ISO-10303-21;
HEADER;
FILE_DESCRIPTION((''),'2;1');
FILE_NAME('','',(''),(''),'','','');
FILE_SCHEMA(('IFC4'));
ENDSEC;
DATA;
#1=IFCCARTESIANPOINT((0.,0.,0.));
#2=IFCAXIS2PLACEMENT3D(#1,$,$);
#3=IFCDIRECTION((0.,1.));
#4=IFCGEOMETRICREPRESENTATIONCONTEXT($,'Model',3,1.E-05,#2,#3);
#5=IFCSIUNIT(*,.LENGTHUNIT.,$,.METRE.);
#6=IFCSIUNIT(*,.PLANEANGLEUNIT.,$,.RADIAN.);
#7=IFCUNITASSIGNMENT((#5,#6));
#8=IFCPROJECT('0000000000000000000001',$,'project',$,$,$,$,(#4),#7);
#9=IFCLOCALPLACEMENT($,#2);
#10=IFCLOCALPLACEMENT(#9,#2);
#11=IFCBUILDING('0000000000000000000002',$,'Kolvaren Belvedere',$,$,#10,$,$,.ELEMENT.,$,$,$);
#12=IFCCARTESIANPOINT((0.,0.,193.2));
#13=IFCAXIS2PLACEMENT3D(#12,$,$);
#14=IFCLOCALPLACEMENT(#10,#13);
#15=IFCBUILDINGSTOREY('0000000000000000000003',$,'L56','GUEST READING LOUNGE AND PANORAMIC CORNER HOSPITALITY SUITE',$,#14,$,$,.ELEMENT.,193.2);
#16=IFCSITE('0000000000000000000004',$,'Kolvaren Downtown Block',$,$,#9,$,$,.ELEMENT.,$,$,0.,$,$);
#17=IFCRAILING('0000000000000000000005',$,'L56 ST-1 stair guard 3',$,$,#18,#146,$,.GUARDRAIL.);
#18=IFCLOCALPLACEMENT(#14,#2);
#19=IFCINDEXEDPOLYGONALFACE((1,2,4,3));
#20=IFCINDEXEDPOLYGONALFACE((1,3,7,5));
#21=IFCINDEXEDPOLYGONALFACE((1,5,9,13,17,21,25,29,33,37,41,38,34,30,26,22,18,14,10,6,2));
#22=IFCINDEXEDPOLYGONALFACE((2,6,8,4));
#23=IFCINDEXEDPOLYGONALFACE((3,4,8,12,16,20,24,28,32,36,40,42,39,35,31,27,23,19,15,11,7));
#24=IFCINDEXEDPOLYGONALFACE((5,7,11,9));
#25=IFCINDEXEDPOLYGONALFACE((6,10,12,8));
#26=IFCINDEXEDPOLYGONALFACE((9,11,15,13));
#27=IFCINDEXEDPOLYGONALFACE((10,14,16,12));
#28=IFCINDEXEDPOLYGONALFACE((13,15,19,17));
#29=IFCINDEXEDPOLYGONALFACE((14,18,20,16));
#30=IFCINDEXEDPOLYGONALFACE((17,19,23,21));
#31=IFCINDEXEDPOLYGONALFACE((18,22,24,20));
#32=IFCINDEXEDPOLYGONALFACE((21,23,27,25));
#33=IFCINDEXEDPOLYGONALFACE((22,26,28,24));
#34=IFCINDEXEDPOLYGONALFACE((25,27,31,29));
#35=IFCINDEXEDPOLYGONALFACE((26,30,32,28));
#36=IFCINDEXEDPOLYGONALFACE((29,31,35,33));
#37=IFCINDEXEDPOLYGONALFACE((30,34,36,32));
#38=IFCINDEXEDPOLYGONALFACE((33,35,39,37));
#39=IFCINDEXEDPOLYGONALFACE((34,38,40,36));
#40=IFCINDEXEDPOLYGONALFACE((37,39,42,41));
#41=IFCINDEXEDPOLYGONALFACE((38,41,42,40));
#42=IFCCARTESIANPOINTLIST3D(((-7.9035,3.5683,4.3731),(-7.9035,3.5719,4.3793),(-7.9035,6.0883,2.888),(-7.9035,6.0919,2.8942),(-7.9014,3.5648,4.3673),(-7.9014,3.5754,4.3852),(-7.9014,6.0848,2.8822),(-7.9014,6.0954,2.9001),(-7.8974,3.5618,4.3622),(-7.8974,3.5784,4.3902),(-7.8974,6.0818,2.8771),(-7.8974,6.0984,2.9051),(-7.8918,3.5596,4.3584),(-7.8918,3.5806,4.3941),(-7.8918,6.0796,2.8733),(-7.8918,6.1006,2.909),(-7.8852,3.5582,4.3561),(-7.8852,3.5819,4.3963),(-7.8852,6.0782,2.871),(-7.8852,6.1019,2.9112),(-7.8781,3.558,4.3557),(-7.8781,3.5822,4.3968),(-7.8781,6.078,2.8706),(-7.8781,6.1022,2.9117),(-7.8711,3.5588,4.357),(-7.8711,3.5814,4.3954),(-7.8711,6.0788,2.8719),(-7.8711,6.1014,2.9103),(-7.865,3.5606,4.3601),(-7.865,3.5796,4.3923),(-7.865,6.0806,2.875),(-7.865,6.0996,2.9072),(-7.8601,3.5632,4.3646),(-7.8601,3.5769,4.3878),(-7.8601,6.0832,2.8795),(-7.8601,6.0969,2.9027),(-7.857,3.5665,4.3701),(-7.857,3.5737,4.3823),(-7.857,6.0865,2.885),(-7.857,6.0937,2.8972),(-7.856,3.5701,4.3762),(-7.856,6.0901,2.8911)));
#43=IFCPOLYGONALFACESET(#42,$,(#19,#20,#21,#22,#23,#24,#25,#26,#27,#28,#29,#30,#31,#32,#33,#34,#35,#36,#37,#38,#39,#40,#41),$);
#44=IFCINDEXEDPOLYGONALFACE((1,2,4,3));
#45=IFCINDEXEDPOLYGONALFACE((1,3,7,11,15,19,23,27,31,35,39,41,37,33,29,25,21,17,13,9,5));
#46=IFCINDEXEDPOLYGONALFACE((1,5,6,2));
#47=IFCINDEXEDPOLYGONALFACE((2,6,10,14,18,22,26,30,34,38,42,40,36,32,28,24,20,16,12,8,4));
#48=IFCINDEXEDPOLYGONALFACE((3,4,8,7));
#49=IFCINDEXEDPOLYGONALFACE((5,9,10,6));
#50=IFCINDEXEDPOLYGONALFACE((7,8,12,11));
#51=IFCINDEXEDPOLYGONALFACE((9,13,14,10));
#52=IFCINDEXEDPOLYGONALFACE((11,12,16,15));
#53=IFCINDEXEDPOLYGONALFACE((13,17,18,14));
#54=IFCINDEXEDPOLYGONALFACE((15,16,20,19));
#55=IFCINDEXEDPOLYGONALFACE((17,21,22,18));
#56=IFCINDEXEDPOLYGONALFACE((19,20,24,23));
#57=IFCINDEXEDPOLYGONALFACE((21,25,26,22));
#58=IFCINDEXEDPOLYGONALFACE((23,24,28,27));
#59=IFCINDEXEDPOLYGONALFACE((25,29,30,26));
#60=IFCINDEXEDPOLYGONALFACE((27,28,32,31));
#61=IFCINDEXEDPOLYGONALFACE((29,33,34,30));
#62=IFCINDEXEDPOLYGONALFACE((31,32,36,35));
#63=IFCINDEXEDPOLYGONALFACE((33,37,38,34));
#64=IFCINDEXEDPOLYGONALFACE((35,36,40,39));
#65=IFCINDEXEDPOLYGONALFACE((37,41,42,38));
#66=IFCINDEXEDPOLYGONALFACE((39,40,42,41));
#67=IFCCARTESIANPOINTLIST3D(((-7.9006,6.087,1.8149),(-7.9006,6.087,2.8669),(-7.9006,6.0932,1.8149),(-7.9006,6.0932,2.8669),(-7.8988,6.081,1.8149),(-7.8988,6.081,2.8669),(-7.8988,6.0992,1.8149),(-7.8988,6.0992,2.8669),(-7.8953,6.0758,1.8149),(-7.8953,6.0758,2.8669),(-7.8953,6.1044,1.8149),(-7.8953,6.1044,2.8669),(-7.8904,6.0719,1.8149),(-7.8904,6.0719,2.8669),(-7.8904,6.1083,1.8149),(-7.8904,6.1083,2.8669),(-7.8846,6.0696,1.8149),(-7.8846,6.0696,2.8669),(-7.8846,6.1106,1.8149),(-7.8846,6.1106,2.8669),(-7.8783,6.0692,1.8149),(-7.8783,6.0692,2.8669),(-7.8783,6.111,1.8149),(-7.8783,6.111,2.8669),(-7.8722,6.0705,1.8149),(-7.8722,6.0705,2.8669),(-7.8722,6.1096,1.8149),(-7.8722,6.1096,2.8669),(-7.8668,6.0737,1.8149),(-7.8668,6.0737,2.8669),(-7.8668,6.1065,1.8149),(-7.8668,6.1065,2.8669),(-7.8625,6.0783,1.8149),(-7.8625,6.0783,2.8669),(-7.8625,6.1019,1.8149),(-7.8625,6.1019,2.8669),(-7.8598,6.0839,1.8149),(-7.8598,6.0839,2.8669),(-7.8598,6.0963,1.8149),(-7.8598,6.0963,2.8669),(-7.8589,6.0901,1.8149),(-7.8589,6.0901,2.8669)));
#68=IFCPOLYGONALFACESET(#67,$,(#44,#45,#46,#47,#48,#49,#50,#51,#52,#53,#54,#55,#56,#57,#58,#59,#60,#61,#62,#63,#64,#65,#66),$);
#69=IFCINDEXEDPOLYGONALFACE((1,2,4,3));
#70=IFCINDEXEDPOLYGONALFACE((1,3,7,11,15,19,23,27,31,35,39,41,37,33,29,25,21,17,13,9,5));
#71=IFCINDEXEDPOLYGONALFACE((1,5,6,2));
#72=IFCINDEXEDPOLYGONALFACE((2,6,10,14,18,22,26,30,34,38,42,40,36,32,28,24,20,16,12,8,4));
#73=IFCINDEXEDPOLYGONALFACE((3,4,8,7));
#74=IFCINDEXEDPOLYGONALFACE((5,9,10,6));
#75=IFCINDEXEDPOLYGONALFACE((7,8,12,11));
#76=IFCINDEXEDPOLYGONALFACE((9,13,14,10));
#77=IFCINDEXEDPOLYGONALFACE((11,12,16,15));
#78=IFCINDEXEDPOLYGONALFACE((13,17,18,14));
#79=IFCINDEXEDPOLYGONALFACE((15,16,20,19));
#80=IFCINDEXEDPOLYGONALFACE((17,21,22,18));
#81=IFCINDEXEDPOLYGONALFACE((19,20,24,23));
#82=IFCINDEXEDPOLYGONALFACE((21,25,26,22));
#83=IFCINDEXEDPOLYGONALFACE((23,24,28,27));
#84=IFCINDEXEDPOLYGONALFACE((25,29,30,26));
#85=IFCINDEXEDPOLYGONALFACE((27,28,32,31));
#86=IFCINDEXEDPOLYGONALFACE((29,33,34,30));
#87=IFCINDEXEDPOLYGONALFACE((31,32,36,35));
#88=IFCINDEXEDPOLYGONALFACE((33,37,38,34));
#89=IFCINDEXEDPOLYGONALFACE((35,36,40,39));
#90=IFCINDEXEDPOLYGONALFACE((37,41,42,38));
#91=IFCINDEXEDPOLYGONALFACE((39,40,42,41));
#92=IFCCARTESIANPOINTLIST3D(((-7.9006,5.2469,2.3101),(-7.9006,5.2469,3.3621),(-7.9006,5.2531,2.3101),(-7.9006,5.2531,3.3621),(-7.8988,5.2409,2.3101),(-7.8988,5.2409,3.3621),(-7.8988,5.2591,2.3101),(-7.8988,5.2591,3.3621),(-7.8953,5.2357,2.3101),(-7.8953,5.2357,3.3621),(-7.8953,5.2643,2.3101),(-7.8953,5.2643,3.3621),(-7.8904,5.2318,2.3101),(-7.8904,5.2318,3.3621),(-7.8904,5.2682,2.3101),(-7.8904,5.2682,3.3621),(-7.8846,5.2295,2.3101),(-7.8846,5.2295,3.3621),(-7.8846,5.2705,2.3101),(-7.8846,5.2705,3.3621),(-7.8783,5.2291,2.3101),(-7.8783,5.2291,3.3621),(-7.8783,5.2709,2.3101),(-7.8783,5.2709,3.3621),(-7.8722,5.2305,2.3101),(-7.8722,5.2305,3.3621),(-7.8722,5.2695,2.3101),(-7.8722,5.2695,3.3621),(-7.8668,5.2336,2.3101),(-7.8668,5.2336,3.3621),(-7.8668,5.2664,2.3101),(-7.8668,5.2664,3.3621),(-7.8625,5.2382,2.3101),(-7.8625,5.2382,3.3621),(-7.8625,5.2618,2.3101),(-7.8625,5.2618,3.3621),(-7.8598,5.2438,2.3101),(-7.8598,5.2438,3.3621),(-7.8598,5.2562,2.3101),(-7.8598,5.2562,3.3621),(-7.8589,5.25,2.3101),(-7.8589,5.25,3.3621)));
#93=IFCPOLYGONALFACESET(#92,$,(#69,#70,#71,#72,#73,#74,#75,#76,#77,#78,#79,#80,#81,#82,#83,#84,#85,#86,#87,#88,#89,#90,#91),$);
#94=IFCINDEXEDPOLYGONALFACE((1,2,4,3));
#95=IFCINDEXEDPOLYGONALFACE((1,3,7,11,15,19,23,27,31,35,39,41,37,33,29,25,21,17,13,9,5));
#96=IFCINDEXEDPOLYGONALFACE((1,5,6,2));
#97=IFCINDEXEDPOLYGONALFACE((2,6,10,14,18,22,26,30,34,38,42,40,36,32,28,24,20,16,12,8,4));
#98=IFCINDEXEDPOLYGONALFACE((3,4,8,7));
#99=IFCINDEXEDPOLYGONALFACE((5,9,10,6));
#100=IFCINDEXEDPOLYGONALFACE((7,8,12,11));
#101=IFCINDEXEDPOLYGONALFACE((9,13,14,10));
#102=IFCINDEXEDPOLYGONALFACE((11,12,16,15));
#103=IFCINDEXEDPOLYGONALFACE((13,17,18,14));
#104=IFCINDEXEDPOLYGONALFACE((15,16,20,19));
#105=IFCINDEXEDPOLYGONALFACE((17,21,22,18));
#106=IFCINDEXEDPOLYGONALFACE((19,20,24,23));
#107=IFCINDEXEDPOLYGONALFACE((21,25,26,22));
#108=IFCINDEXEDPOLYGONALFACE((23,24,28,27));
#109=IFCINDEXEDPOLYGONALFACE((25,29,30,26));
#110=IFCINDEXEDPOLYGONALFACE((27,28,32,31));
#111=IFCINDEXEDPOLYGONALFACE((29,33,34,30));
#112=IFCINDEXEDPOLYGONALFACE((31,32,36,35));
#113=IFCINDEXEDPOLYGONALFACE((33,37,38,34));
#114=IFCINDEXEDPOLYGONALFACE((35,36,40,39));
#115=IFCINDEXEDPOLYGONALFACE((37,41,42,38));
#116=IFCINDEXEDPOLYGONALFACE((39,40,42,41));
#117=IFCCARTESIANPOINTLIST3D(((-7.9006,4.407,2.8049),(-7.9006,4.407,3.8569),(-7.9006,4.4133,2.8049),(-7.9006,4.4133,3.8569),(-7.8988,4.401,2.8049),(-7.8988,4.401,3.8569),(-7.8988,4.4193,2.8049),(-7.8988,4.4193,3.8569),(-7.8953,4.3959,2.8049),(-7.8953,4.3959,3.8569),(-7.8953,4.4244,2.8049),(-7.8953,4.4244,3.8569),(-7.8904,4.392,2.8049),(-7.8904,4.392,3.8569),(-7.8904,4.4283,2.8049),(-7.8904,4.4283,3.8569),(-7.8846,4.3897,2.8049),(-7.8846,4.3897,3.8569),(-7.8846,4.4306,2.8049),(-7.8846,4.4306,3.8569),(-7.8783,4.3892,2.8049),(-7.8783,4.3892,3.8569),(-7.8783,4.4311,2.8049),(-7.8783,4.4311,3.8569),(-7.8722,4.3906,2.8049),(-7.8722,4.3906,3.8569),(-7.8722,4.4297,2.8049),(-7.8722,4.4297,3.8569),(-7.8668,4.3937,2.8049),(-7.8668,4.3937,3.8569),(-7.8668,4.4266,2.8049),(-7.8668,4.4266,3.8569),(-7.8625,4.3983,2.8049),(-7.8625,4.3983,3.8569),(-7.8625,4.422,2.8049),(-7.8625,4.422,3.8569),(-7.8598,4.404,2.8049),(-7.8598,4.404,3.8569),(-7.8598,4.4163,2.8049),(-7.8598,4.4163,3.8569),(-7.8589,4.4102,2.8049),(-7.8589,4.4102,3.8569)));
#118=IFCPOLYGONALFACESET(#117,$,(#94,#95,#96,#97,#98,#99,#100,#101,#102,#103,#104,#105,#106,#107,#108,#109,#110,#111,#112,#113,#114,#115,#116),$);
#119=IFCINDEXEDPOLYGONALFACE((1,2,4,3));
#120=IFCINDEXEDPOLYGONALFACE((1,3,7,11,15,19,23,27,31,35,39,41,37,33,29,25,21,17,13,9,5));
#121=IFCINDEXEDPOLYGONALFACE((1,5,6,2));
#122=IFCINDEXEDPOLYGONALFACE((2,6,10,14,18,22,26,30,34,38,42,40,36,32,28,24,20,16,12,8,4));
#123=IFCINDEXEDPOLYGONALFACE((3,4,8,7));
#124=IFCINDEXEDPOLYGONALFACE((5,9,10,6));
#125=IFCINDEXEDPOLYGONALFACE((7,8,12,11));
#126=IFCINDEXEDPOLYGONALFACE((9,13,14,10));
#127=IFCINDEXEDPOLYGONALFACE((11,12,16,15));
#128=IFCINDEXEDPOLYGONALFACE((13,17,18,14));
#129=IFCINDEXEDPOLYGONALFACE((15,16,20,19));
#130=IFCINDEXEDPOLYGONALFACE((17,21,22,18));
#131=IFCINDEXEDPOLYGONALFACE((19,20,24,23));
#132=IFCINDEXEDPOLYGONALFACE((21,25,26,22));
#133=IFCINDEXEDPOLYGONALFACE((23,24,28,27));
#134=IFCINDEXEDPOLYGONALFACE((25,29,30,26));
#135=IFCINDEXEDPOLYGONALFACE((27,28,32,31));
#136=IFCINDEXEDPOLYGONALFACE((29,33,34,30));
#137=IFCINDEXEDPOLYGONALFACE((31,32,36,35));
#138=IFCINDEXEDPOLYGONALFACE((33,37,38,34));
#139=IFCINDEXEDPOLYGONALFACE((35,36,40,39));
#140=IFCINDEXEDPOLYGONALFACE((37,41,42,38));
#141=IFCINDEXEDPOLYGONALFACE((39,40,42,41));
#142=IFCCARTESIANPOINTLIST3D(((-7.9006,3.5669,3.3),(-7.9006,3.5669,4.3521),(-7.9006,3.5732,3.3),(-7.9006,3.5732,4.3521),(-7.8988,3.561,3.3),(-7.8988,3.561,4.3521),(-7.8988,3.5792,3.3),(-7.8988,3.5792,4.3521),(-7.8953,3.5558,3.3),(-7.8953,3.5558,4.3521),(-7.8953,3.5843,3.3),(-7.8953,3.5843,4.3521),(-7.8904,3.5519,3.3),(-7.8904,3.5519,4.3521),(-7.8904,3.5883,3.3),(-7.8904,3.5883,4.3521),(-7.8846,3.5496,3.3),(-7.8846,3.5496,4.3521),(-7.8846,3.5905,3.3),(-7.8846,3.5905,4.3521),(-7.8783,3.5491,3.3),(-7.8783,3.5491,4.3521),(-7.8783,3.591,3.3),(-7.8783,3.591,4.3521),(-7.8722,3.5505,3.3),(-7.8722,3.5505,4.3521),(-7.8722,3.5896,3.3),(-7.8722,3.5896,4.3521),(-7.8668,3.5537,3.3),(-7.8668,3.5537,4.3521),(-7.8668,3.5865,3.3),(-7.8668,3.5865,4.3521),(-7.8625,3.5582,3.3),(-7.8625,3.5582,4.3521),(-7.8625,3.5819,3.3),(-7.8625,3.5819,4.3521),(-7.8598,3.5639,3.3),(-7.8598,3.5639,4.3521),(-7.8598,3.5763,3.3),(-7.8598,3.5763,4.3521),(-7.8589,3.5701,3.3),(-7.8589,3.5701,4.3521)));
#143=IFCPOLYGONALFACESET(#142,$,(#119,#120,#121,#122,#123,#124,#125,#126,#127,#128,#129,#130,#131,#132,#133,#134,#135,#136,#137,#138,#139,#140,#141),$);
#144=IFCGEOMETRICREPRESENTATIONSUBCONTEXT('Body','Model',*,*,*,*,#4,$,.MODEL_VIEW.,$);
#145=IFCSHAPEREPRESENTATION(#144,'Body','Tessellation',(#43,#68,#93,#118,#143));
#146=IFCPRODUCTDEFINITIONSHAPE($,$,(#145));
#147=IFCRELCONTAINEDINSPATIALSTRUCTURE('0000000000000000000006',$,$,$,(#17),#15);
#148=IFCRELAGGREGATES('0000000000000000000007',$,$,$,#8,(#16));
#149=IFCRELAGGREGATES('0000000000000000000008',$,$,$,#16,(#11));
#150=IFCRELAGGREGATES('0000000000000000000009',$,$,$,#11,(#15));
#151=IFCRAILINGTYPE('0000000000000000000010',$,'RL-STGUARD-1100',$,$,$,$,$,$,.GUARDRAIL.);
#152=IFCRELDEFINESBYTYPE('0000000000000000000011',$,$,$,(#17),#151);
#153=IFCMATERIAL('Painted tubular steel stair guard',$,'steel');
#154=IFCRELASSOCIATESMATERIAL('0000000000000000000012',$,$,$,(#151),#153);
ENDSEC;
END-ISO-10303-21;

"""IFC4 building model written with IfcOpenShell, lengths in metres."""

from ifc_helpers import new_model, si_unit, direction, frame, origin, origin_2d, place, context, subcontext, project, spatial, circle, extrude, material, type_object, element, save


model = new_model("IFC4")

# Units and contexts
model_context = context("Model", 3, precision=1e-05, world=origin(), true_north=direction((0.0, 1.0)))
body_context = subcontext(model_context, "Body", "Model", "MODEL_VIEW")
ifc_project = project(units=[si_unit("LENGTHUNIT", "METRE"), si_unit("PLANEANGLEUNIT", "RADIAN")], contexts=[model_context])

# Site, building, storey
site_placement = place(None, origin())
site = spatial("IfcSite", under=ifc_project, at=site_placement, Name="Kolvaren Downtown Block", CompositionType="ELEMENT", RefElevation=0.0)
building_placement = place(site_placement, origin())
building = spatial("IfcBuilding", under=site, at=building_placement, Name="Kolvaren Belvedere", CompositionType="ELEMENT")
storey_placement = place(building_placement, frame((0.0, 0.0, 193.2)))
storey = spatial("IfcBuildingStorey", under=building, at=storey_placement, Name="L56", Description="GUEST READING LOUNGE AND PANORAMIC CORNER HOSPITALITY SUITE", CompositionType="ELEMENT", Elevation=193.2)

# Railing
ifc_material_1 = material(Name="Painted tubular steel stair guard", Category="steel")
railing_type_1 = type_object("IfcRailingType", Name="RL-STGUARD-1100", PredefinedType="GUARDRAIL", material=ifc_material_1)
railing_1_placement = place(storey_placement, frame((-7.8799, 6.0901, 1.8149)))
element("IfcRailing", 1, at=railing_1_placement, inside=storey, type_object=railing_type_1, Name="L56 ST-1 stair guard 3", PredefinedType="GUARDRAIL", context=body_context, shape_type="SweptSolid", body=[
    extrude(circle(Radius=0.0239, at=origin_2d()), frame((0.0, 0.0, 1.0762), z_axis=(0.0, -0.861524, 0.507717), x_axis=(1.0, 0.0, 0.0)), (0.0, 0.0, 1.0), 2.925),
    extrude(circle(Radius=0.021, at=origin_2d()), origin(), (0.0, 0.0, 1.0), 1.052),
    extrude(circle(Radius=0.021, at=origin_2d()), frame((0.0, -0.8401, 0.4951)), (0.0, 0.0, 1.0), 1.052),
    extrude(circle(Radius=0.021, at=origin_2d()), frame((0.0, -1.6799, 0.99)), (0.0, 0.0, 1.0), 1.052),
    extrude(circle(Radius=0.021, at=origin_2d()), frame((0.0, -2.52, 1.4851)), (0.0, 0.0, 1.0), 1.052),
])

save(model, "model.ifc")
